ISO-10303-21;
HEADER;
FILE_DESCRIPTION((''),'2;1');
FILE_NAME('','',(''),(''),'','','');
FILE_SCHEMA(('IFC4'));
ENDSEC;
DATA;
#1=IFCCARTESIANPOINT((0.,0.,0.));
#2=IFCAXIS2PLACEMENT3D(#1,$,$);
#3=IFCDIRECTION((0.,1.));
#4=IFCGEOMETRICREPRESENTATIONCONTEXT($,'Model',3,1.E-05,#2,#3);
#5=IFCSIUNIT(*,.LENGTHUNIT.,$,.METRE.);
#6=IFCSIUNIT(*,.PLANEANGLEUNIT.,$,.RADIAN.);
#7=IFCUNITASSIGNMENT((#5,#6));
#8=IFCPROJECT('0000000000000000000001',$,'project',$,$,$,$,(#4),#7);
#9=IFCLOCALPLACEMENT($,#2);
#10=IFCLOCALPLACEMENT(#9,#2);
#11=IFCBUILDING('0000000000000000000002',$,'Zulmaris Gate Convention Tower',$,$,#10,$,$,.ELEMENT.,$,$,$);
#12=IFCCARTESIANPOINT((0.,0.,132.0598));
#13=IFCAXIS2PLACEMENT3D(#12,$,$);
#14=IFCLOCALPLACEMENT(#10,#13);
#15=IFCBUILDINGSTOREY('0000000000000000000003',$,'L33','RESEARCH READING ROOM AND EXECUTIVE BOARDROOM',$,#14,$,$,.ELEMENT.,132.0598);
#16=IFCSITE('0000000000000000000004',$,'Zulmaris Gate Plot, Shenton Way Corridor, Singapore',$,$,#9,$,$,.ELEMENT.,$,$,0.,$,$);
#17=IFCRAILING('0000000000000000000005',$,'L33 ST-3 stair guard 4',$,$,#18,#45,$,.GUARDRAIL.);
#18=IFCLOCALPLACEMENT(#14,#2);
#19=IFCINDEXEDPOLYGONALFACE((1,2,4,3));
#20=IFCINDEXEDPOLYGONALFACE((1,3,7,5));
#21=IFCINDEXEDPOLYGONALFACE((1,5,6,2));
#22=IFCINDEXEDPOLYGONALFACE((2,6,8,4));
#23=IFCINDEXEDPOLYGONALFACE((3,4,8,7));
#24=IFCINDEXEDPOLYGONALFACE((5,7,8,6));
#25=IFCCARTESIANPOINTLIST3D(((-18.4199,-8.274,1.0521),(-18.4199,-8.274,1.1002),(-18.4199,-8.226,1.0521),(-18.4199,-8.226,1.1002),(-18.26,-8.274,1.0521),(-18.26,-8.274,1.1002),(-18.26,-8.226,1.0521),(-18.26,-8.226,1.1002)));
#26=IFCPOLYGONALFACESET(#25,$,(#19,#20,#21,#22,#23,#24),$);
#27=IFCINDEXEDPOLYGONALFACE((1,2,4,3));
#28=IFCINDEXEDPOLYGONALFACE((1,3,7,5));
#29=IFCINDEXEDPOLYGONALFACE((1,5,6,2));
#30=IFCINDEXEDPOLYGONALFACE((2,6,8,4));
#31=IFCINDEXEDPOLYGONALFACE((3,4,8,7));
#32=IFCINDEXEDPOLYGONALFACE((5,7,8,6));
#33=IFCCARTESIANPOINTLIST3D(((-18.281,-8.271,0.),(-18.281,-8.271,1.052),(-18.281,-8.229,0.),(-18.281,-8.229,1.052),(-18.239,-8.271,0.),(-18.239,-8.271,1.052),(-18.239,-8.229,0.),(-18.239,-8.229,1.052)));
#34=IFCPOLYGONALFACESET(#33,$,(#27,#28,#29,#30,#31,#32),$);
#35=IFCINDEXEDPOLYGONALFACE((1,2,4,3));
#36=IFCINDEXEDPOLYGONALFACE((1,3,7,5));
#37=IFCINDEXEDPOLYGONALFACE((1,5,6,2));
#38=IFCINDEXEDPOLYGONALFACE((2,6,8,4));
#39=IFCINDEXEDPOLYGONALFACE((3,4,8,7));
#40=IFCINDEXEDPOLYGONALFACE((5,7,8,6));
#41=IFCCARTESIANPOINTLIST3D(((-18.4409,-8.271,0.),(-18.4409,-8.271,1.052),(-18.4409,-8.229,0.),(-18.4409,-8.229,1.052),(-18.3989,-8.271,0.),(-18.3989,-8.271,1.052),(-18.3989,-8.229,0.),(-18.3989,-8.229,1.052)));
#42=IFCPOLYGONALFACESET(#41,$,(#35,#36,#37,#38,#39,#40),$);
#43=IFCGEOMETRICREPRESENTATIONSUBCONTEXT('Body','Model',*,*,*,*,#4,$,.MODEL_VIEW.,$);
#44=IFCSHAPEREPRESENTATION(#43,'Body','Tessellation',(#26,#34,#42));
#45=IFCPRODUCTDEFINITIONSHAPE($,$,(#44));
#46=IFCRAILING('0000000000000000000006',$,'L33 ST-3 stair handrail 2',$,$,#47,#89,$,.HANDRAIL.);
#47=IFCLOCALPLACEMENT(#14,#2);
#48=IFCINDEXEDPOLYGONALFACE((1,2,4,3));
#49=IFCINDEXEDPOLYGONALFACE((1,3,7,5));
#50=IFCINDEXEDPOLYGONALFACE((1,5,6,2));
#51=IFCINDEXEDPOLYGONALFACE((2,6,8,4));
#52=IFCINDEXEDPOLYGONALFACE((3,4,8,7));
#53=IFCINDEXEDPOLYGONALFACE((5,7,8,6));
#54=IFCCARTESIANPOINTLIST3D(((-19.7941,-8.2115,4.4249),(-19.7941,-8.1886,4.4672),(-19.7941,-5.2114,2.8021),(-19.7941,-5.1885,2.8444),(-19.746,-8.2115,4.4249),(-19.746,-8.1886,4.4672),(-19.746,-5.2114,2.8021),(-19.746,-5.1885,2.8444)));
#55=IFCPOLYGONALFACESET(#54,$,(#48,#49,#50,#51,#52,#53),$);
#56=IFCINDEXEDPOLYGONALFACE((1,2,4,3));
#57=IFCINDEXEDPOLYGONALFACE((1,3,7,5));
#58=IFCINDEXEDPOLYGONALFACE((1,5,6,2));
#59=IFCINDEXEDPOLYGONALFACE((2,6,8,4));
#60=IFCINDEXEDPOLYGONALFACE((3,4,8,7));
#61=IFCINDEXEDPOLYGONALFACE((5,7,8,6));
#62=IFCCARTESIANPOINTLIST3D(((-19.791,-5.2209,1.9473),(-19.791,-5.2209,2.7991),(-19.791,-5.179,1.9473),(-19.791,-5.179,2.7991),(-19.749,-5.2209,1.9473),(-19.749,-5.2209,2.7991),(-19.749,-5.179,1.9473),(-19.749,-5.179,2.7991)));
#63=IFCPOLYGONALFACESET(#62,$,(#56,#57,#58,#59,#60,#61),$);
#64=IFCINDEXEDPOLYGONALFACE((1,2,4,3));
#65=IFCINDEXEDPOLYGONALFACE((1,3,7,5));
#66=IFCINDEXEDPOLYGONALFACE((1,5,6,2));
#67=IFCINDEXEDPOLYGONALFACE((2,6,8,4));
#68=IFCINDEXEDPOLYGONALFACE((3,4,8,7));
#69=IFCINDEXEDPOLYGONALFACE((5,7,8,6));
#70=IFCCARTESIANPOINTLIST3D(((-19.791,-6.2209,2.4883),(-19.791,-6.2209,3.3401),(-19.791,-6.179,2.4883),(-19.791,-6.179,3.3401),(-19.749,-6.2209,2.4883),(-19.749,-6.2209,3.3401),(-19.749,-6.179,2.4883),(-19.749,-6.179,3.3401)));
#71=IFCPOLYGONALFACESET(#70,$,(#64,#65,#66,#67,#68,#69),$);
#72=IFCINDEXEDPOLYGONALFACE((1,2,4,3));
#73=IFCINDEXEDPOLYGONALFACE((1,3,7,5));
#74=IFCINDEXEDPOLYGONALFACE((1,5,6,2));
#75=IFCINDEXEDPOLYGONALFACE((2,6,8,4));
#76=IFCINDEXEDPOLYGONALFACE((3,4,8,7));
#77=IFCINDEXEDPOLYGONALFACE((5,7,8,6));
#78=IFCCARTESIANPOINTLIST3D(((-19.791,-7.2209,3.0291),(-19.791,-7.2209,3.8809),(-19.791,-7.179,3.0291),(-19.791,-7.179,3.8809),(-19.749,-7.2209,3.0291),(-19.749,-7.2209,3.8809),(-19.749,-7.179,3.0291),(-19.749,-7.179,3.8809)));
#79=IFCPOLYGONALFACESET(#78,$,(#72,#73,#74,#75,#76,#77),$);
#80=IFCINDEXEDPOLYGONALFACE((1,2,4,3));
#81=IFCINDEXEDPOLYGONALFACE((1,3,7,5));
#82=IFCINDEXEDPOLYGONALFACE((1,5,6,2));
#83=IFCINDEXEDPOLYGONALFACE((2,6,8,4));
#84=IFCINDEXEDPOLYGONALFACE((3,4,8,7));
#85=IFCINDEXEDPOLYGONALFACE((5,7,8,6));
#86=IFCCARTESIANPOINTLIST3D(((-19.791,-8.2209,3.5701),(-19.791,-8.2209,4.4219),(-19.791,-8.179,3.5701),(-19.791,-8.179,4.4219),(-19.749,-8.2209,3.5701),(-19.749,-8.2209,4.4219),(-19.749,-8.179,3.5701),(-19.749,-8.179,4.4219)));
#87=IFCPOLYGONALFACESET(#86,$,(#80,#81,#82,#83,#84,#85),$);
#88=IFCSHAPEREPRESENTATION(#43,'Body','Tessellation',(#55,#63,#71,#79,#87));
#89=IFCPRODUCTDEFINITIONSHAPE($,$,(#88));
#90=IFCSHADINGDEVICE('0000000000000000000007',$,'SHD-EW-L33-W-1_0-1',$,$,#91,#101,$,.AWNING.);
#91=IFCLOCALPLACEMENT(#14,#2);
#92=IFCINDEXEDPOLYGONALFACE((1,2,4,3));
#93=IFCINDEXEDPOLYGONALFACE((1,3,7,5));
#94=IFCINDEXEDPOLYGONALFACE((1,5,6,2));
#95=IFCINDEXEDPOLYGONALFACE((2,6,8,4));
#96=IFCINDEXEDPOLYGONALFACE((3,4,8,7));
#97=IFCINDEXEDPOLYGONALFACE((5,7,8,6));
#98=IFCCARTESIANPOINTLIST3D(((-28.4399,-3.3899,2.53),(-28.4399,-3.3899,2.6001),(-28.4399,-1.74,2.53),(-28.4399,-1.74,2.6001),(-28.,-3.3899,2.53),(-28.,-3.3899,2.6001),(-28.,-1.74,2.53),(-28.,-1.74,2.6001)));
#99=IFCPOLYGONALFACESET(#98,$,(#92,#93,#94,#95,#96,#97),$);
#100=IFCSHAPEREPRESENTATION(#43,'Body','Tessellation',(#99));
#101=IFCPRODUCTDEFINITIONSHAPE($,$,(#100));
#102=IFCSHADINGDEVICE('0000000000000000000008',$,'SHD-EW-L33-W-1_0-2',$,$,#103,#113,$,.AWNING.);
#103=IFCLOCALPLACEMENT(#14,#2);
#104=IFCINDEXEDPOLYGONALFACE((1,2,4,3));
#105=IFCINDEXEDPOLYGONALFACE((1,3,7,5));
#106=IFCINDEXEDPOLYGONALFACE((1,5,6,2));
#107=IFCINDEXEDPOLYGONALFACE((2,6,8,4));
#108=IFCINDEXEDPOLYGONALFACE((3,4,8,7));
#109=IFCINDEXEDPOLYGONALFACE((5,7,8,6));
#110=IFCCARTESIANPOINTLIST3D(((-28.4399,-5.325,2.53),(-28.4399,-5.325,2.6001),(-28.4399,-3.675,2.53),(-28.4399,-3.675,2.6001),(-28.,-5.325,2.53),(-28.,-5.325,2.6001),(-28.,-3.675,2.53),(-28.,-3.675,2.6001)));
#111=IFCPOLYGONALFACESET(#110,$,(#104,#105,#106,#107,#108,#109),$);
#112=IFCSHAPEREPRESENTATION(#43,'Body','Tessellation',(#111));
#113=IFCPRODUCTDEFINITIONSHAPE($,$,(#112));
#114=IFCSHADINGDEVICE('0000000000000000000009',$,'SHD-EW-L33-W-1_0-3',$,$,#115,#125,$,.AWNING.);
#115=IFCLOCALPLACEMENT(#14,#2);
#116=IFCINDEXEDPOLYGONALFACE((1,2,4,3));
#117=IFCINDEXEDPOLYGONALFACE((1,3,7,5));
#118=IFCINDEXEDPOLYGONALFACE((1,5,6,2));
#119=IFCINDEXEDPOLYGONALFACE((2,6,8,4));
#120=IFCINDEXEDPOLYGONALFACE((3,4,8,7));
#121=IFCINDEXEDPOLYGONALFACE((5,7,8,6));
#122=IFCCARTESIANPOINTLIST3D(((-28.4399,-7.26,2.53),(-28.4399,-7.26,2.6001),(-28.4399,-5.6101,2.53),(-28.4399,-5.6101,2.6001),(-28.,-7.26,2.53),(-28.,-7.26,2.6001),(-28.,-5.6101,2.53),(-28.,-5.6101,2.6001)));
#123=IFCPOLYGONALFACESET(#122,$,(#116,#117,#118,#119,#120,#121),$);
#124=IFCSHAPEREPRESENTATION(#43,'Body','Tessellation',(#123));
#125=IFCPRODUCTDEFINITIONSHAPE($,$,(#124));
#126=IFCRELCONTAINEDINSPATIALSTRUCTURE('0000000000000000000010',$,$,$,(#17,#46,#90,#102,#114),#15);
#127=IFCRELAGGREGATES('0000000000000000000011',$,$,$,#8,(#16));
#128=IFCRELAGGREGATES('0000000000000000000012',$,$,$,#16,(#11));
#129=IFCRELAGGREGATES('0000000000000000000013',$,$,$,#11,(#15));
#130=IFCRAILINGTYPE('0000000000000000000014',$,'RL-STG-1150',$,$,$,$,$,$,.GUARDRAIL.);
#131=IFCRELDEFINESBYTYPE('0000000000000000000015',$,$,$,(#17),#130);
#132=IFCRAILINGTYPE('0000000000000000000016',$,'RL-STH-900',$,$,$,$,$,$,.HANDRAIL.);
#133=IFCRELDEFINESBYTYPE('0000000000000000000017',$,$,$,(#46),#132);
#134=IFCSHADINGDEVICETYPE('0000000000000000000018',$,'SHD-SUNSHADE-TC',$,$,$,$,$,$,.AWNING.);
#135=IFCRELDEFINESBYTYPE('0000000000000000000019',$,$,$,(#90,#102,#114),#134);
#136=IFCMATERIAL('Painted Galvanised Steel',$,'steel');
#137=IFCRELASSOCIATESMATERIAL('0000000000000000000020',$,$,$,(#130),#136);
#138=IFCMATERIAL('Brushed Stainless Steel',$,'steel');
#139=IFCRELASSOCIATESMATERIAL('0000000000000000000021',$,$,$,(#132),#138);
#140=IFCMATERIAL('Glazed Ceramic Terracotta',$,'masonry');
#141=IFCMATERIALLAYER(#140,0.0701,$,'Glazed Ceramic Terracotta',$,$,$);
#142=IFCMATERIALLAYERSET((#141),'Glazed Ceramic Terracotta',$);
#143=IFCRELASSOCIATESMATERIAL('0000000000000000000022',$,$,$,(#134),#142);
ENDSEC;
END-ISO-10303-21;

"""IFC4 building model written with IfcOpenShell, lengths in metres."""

from ifc_helpers import new_model, si_unit, direction, frame, frame_2d, origin, origin_2d, place, context, subcontext, project, spatial, rectangle, extrude, material, layer, layer_set, type_object, element, save


model = new_model("IFC4")

# Units and contexts
model_context = context("Model", 3, precision=1e-05, world=origin(), true_north=direction((0.0, 1.0)))
body_context = subcontext(model_context, "Body", "Model", "MODEL_VIEW")
ifc_project = project(units=[si_unit("LENGTHUNIT", "METRE"), si_unit("PLANEANGLEUNIT", "RADIAN")], contexts=[model_context])

# Site, building, storey
site_placement = place(None, origin())
site = spatial("IfcSite", under=ifc_project, at=site_placement, Name="Zulmaris Gate Plot, Shenton Way Corridor, Singapore", CompositionType="ELEMENT", RefElevation=0.0)
building_placement = place(site_placement, origin())
building = spatial("IfcBuilding", under=site, at=building_placement, Name="Zulmaris Gate Convention Tower", CompositionType="ELEMENT")
storey_placement = place(building_placement, frame((0.0, 0.0, 132.0598)))
storey = spatial("IfcBuildingStorey", under=building, at=storey_placement, Name="L33", Description="RESEARCH READING ROOM AND EXECUTIVE BOARDROOM", CompositionType="ELEMENT", Elevation=132.0598)

# Railings
ifc_material_1 = material(Name="Painted Galvanised Steel", Category="steel")
railing_type_1 = type_object("IfcRailingType", Name="RL-STG-1150", PredefinedType="GUARDRAIL", material=ifc_material_1)
railing_1_placement = place(storey_placement, frame((-18.26, -8.25, 0.0)))
element("IfcRailing", 1, at=railing_1_placement, inside=storey, type_object=railing_type_1, Name="L33 ST-3 stair guard 4", PredefinedType="GUARDRAIL", context=body_context, shape_type="SweptSolid", body=[
    extrude(rectangle(XDim=0.0481, YDim=0.0481, at=origin_2d()), frame((0.0, 0.0, 1.0762), z_axis=(-1.0, 0.0, 0.0), x_axis=(0.0, -1.0, 0.0)), (0.0, 0.0, 1.0), 0.1599),
    extrude(rectangle(XDim=0.042, YDim=0.042, at=origin_2d()), origin(), (0.0, 0.0, 1.0), 1.052),
    extrude(rectangle(XDim=0.042, YDim=0.042, at=origin_2d()), frame((-0.1599, 0.0, 0.0)), (0.0, 0.0, 1.0), 1.052),
])
ifc_material_2 = material(Name="Brushed Stainless Steel", Category="steel")
railing_type_2 = type_object("IfcRailingType", Name="RL-STH-900", PredefinedType="HANDRAIL", material=ifc_material_2)
railing_2_placement = place(storey_placement, frame((-19.77, -5.2, 1.9473)))
element("IfcRailing", 2, at=railing_2_placement, inside=storey, type_object=railing_type_2, Name="L33 ST-3 stair handrail 2", PredefinedType="HANDRAIL", context=body_context, shape_type="SweptSolid", body=[
    extrude(rectangle(XDim=0.0481, YDim=0.0481, at=origin_2d()), frame((0.0, 0.0, 0.876), z_axis=(0.0, -0.879562, 0.475785), x_axis=(1.0, 0.0, 0.0)), (0.0, 0.0, 1.0), 3.4109),
    extrude(rectangle(XDim=0.042, YDim=0.042, at=origin_2d()), origin(), (0.0, 0.0, 1.0), 0.8518),
    extrude(rectangle(XDim=0.042, YDim=0.042, at=origin_2d()), frame((0.0, -1.0, 0.541)), (0.0, 0.0, 1.0), 0.8518),
    extrude(rectangle(XDim=0.042, YDim=0.042, at=origin_2d()), frame((0.0, -2.0, 1.0818)), (0.0, 0.0, 1.0), 0.8518),
    extrude(rectangle(XDim=0.042, YDim=0.042, at=origin_2d()), frame((0.0, -3.0, 1.6228)), (0.0, 0.0, 1.0), 0.8518),
])

# Shading devices
ifc_material_3 = material(Name="Glazed Ceramic Terracotta", Category="masonry")
ifc_layer_1 = layer(ifc_material_3, 0.0701, Name="Glazed Ceramic Terracotta")
ifc_layer_set_1 = layer_set([ifc_layer_1], Name="Glazed Ceramic Terracotta")
shading_device_type = type_object("IfcShadingDeviceType", Name="SHD-SUNSHADE-TC", PredefinedType="AWNING", material=ifc_layer_set_1)
for number, where, z_axis, x_axis, name in (
    (3, (-28.22, -1.74, 2.53), (0.0, 0.0, 1.0), (0.0, -1.0, 0.0), "SHD-EW-L33-W-1_0-1"),
    (4, (-28.22, -3.675, 2.53), (0.0, 0.0, 1.0), (0.0, -1.0, 0.0), "SHD-EW-L33-W-1_0-2"),
    (5, (-28.22, -5.6101, 2.53), (0.0, 0.0, 1.0), (0.0, -1.0, 0.0), "SHD-EW-L33-W-1_0-3"),
):
    element("IfcShadingDevice", number, at=place(storey_placement, frame(where, z_axis=z_axis, x_axis=x_axis)), inside=storey, type_object=shading_device_type, Name=name, PredefinedType="AWNING", context=body_context, shape_type="SweptSolid", body=[
        extrude(rectangle(XDim=1.6499, YDim=0.4399, at=frame_2d((0.825, 0.0))), origin(), (0.0, 0.0, 1.0), 0.0701),
    ])

save(model, "model.ifc")
